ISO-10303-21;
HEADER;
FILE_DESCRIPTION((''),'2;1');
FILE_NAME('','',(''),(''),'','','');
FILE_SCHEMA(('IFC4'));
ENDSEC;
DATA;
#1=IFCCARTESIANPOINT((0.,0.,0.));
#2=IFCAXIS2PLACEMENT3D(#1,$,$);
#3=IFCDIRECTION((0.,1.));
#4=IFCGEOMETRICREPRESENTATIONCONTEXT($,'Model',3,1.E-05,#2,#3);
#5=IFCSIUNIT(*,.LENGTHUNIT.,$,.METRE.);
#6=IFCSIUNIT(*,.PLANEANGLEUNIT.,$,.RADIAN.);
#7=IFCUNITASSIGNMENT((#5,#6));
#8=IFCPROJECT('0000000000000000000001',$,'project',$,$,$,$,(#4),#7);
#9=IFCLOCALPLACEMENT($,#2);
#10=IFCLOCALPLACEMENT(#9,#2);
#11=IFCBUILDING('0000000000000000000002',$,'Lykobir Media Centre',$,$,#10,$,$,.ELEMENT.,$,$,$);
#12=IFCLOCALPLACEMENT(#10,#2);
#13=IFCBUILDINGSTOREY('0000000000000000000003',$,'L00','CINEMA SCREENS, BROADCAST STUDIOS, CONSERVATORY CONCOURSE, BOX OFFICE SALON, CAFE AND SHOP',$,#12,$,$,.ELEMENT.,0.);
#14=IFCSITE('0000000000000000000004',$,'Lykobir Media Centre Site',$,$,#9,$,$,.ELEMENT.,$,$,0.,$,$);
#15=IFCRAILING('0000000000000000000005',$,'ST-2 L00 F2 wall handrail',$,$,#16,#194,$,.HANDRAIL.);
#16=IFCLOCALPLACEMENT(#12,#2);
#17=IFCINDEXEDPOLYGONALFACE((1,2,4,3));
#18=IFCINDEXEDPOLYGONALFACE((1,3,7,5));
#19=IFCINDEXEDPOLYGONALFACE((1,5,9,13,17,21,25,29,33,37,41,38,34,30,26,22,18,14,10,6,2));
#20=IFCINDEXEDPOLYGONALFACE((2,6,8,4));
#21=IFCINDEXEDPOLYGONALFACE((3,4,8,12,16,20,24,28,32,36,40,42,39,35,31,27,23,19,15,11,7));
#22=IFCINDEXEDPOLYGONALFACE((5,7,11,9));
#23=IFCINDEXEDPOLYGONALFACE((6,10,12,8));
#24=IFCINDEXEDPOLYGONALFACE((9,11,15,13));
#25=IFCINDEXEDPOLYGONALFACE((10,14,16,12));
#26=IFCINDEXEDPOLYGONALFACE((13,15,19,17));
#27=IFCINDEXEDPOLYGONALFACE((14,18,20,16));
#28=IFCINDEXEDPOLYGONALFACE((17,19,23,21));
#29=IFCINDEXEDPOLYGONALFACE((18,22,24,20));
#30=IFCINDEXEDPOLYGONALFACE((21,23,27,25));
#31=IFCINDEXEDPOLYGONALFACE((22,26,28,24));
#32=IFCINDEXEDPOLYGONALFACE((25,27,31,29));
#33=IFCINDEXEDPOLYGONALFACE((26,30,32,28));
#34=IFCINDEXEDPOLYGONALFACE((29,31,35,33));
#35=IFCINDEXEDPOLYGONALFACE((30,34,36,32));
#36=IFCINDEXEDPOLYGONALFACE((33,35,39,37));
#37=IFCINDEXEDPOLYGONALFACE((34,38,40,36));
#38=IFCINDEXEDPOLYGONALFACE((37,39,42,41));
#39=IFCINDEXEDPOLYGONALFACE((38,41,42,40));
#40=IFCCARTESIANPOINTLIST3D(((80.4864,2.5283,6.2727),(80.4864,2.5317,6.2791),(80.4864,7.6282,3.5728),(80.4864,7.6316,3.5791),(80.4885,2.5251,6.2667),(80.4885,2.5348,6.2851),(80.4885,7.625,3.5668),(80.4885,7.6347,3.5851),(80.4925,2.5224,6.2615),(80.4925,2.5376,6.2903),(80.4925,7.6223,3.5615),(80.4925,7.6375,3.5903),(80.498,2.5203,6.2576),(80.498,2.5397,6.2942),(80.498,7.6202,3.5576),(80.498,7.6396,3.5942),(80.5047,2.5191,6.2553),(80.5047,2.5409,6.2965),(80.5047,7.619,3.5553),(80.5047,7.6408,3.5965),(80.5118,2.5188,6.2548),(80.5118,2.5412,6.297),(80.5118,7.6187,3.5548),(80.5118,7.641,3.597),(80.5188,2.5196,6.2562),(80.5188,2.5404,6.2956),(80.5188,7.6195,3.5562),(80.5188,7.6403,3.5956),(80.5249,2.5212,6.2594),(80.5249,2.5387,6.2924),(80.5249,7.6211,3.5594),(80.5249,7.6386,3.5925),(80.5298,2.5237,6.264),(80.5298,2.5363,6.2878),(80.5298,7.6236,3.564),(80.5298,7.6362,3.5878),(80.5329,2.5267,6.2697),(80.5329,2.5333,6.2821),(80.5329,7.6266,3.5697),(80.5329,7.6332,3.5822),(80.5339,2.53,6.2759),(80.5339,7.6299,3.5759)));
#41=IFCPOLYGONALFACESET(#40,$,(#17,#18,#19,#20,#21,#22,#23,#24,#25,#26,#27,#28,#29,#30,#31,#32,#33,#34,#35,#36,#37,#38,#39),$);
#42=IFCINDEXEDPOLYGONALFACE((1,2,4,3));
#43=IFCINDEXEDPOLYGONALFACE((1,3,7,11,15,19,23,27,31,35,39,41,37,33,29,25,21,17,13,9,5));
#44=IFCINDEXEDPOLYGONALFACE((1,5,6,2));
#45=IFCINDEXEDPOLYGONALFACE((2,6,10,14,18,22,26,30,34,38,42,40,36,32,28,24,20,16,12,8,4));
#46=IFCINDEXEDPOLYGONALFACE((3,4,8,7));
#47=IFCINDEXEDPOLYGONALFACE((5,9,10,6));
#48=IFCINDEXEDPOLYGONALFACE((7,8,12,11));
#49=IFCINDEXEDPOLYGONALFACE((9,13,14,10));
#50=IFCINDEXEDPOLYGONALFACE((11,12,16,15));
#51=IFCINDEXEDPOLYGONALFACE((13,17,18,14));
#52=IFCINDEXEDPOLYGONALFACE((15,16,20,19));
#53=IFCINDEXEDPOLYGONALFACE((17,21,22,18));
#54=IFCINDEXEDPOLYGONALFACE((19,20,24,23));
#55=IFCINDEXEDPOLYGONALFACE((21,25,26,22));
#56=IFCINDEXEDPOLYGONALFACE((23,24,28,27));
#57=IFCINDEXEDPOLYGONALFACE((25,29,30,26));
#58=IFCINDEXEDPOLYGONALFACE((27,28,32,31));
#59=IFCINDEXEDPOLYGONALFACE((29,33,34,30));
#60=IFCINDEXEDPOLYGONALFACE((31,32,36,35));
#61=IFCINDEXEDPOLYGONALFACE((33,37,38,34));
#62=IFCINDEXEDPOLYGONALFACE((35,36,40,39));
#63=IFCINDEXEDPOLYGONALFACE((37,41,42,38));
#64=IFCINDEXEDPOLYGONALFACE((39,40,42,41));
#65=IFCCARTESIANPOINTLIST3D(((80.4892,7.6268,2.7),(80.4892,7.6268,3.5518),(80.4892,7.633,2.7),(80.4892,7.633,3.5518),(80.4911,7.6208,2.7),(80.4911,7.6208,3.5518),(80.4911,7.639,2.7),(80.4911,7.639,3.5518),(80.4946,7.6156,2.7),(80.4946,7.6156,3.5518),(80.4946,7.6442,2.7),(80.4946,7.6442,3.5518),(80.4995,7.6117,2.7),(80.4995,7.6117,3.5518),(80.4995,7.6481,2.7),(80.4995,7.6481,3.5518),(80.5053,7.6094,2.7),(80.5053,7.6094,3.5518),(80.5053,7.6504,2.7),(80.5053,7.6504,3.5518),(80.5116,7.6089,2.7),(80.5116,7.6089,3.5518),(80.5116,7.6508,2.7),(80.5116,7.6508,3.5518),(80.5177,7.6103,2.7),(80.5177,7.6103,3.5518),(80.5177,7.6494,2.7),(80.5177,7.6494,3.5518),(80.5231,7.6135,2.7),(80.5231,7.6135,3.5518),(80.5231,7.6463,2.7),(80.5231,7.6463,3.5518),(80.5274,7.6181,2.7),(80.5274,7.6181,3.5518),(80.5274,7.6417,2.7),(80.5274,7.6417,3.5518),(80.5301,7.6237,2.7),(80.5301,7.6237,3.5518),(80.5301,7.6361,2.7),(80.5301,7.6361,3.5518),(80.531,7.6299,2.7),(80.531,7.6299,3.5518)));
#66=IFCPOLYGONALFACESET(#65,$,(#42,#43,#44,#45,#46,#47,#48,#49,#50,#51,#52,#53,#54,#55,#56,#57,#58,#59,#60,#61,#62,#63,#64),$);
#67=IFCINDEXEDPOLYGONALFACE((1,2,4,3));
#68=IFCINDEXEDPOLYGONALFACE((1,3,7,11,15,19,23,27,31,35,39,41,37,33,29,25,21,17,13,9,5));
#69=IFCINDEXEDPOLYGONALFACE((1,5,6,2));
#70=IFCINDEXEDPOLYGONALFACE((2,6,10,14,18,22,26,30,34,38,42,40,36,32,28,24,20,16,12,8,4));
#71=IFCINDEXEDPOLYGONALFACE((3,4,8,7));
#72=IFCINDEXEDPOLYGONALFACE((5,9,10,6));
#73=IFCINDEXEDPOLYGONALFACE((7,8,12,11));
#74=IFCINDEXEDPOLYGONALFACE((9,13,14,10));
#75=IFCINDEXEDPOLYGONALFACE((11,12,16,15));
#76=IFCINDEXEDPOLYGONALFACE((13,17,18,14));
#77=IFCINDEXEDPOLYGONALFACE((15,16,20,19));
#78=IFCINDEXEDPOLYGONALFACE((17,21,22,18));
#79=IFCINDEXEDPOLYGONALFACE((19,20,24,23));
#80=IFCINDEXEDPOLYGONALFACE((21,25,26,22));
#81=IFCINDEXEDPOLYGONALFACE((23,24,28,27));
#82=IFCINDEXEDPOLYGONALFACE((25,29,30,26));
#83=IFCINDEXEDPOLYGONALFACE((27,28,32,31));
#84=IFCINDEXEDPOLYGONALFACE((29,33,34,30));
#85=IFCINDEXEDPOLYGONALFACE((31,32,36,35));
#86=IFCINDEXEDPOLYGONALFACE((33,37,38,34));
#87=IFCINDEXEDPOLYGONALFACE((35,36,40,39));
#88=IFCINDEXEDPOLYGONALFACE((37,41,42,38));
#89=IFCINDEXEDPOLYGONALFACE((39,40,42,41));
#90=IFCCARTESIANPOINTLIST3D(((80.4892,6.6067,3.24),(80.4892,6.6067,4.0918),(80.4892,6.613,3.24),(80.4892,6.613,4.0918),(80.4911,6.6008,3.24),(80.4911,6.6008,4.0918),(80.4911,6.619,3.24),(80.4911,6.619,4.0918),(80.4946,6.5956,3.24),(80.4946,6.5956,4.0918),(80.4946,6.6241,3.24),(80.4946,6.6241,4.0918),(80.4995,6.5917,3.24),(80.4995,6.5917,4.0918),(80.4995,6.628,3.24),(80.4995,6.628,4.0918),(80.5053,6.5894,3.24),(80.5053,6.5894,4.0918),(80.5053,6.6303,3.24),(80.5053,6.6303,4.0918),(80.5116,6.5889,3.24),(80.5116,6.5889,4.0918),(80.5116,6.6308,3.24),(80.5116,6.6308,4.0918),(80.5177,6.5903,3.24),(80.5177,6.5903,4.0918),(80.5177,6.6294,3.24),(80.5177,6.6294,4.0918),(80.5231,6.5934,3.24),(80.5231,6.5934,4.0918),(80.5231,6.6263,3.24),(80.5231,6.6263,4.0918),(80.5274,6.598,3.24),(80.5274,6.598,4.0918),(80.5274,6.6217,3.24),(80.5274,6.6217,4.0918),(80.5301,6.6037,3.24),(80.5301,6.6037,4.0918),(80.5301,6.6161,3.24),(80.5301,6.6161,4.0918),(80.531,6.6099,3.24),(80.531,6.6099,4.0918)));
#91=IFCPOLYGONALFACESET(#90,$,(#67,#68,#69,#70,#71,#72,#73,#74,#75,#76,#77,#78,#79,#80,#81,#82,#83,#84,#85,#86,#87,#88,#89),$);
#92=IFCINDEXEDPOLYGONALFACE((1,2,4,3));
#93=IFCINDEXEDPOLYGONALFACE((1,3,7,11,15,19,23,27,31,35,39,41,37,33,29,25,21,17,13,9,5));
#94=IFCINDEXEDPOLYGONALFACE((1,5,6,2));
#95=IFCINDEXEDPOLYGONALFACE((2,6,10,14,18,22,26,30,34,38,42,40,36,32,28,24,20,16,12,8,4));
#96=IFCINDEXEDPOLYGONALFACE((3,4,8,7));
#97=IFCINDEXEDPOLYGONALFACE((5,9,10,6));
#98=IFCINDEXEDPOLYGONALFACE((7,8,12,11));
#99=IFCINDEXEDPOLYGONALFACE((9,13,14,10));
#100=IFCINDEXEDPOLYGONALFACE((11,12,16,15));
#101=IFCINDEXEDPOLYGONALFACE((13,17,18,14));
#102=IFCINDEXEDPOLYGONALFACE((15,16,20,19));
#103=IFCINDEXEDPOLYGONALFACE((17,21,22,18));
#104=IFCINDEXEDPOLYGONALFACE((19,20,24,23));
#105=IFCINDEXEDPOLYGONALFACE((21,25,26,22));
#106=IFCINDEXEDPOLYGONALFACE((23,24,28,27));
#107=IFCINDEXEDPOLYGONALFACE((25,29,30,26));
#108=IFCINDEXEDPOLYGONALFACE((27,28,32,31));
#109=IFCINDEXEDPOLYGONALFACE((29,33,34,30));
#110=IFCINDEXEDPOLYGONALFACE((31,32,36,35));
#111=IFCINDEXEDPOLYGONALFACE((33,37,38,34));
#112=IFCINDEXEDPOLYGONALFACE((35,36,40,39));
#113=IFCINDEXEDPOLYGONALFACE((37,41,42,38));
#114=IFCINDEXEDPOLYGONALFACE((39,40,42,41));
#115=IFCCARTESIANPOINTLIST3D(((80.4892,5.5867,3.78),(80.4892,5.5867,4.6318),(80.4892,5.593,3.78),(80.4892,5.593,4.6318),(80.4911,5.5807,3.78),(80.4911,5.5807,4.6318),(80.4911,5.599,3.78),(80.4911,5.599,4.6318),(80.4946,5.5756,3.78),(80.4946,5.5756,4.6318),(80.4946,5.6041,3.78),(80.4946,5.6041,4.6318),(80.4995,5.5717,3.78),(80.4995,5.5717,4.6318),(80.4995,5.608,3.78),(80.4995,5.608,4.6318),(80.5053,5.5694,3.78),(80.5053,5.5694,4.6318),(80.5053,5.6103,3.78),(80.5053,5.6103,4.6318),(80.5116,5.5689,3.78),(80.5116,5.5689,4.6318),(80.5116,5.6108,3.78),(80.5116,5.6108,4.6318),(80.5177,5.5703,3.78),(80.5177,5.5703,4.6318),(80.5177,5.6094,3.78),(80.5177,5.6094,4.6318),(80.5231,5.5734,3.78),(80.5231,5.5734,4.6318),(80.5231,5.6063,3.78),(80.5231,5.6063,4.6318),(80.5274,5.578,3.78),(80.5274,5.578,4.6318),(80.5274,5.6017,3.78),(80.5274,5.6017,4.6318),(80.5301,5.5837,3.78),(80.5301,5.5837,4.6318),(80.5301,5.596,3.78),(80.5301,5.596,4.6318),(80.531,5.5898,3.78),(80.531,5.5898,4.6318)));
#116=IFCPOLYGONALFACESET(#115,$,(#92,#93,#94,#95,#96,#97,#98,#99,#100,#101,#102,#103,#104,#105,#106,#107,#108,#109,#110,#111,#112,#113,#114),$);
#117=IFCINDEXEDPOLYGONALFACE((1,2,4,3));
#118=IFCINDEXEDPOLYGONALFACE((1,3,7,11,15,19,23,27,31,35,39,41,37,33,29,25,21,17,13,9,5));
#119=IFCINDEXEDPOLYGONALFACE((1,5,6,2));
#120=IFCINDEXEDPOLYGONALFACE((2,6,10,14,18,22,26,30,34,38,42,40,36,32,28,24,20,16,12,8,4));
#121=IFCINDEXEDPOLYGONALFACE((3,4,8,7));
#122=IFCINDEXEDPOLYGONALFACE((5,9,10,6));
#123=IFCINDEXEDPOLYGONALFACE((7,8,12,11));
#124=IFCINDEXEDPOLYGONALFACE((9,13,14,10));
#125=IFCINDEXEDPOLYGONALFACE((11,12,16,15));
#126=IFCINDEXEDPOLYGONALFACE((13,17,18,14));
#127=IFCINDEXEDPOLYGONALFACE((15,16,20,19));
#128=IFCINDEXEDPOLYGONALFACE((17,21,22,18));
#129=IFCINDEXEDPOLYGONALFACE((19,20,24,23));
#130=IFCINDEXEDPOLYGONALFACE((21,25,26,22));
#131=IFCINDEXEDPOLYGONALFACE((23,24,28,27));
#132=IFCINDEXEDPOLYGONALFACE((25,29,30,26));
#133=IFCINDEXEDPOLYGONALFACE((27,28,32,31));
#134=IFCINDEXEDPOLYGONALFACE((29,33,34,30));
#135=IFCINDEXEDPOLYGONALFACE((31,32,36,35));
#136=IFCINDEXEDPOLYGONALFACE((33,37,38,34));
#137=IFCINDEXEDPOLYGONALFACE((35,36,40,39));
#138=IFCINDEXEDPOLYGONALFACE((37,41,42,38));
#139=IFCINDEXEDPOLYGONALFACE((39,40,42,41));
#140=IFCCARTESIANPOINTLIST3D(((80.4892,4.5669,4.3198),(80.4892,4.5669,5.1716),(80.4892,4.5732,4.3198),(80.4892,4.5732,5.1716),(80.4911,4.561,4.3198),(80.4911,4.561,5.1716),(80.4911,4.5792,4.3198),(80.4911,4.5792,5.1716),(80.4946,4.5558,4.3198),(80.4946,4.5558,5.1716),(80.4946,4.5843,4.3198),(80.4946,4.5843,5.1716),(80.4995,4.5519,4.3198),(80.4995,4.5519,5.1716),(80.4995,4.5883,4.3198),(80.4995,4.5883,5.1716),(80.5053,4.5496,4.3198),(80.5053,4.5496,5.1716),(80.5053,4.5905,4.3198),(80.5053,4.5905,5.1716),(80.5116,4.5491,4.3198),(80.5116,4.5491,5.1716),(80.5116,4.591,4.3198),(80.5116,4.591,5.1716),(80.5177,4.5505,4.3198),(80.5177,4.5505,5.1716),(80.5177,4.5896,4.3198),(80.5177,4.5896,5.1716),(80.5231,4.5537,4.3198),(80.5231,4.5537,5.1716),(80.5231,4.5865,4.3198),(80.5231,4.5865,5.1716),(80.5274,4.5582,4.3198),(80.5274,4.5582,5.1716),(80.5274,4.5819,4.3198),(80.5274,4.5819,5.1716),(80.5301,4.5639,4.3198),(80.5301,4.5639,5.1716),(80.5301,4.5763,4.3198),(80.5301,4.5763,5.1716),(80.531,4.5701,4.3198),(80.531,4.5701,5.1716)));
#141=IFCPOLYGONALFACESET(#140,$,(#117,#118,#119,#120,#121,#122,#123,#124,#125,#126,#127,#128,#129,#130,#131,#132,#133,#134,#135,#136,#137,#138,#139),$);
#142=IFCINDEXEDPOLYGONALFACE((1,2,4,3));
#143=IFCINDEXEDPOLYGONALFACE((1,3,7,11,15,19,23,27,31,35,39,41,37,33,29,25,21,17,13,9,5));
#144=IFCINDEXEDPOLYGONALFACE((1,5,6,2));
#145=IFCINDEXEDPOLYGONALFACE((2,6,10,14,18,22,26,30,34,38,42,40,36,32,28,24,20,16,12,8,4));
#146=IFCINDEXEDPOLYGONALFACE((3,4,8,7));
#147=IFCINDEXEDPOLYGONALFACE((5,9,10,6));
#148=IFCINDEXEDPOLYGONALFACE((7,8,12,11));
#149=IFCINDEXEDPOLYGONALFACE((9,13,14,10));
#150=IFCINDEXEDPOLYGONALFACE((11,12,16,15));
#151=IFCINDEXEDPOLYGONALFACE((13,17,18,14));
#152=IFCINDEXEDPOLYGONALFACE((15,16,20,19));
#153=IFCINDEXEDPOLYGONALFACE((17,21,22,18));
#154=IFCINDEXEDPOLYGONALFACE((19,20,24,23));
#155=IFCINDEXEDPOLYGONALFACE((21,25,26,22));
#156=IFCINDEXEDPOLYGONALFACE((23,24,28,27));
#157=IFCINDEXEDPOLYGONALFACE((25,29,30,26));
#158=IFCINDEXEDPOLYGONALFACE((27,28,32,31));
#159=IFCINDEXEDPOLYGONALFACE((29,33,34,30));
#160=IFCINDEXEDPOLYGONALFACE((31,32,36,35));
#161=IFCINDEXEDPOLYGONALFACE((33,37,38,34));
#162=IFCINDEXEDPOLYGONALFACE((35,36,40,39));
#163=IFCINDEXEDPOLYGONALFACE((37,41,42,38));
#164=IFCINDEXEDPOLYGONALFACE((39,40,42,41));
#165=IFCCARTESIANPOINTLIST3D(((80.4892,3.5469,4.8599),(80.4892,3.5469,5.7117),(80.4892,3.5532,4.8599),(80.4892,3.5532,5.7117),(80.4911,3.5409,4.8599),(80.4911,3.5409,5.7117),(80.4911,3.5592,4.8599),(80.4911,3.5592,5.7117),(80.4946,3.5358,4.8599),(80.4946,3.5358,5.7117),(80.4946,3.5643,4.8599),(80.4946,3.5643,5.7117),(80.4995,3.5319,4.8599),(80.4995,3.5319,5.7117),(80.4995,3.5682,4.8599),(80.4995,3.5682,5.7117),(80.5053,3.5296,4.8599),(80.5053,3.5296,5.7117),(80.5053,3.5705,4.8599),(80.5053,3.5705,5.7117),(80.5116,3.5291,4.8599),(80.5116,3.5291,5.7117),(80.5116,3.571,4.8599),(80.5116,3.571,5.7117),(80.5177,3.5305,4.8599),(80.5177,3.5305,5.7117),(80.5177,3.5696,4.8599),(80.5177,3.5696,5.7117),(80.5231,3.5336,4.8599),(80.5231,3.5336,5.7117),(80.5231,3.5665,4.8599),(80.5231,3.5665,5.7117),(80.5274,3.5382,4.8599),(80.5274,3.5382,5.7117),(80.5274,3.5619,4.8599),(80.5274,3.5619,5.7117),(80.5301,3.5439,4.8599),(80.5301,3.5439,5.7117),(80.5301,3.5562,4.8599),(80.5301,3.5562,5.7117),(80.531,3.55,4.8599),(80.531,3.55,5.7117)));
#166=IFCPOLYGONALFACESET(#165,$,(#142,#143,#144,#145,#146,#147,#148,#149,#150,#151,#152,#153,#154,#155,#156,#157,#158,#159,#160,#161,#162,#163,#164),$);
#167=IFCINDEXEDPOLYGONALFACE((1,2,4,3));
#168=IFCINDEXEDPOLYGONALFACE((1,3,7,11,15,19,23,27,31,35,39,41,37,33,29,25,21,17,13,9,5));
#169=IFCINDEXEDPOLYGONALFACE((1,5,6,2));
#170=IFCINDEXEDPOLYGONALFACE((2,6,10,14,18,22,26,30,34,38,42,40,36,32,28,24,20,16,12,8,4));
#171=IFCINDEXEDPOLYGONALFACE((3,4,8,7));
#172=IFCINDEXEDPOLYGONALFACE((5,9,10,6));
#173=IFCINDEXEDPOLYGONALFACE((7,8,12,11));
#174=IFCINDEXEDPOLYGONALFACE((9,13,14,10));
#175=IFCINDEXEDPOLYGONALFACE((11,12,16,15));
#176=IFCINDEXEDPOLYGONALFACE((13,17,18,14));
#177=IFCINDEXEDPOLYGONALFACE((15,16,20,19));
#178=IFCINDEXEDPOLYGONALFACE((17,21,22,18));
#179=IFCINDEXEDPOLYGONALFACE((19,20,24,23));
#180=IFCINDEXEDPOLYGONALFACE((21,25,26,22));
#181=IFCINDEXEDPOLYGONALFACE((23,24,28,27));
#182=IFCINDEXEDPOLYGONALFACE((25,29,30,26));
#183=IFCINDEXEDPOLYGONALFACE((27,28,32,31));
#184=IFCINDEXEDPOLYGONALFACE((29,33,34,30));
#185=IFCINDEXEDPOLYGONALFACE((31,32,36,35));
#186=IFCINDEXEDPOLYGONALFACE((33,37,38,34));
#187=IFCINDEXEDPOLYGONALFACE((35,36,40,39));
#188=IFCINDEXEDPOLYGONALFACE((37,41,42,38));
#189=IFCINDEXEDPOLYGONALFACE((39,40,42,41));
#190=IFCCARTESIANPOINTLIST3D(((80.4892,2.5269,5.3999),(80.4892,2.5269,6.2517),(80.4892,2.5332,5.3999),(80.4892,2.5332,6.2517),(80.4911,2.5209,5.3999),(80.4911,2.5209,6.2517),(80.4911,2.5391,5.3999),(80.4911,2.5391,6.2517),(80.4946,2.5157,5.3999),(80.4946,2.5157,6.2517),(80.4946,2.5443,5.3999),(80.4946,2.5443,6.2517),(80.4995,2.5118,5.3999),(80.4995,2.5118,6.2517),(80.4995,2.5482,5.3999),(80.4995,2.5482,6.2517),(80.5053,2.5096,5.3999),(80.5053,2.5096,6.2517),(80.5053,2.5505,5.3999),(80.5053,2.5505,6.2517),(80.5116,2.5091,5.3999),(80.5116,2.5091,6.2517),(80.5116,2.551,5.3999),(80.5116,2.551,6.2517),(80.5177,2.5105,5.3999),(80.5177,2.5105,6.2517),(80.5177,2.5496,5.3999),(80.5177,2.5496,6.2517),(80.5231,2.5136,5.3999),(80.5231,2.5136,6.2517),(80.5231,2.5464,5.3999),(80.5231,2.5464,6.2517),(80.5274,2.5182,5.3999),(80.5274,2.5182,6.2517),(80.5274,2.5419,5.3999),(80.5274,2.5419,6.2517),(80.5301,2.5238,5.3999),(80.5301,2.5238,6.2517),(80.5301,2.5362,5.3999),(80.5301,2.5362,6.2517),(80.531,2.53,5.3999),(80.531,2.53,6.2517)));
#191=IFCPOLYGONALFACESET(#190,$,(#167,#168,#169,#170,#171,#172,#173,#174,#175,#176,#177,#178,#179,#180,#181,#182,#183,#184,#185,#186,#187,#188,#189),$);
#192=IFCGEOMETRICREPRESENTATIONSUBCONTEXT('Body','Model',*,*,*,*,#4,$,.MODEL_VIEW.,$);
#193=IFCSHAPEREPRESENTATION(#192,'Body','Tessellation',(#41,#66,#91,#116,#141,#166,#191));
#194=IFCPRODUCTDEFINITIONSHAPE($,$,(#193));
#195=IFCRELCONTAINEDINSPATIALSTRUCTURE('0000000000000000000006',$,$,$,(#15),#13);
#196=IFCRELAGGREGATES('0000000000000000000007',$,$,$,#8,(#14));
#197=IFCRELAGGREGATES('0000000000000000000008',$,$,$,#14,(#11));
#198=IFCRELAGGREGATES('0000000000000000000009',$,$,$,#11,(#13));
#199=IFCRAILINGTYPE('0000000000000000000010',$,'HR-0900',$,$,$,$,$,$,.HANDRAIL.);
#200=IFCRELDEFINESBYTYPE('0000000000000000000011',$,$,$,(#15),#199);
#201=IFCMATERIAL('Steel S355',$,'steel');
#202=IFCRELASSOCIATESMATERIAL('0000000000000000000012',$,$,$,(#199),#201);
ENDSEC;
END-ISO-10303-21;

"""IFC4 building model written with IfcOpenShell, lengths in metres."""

from ifc_helpers import new_model, si_unit, direction, frame, origin, origin_2d, place, context, subcontext, project, spatial, circle, extrude, material, type_object, element, save


model = new_model("IFC4")

# Units and contexts
model_context = context("Model", 3, precision=1e-05, world=origin(), true_north=direction((0.0, 1.0)))
body_context = subcontext(model_context, "Body", "Model", "MODEL_VIEW")
ifc_project = project(units=[si_unit("LENGTHUNIT", "METRE"), si_unit("PLANEANGLEUNIT", "RADIAN")], contexts=[model_context])

# Site, building, storey
site_placement = place(None, origin())
site = spatial("IfcSite", under=ifc_project, at=site_placement, Name="Lykobir Media Centre Site", CompositionType="ELEMENT", RefElevation=0.0)
building_placement = place(site_placement, origin())
building = spatial("IfcBuilding", under=site, at=building_placement, Name="Lykobir Media Centre", CompositionType="ELEMENT")
storey_placement = place(building_placement, origin())
storey = spatial("IfcBuildingStorey", under=building, at=storey_placement, Name="L00", Description="CINEMA SCREENS, BROADCAST STUDIOS, CONSERVATORY CONCOURSE, BOX OFFICE SALON, CAFE AND SHOP", CompositionType="ELEMENT", Elevation=0.0)

# Shared definitions
ifc_material_1 = material(Name="Steel S355", Category="steel")

# Railing
railing_type_1 = type_object("IfcRailingType", Name="HR-0900", PredefinedType="HANDRAIL", material=ifc_material_1)
railing_1_placement = place(storey_placement, frame((80.51, 7.6299, 2.7)))
element("IfcRailing", 1, at=railing_1_placement, inside=storey, type_object=railing_type_1, Name="ST-2 L00 F2 wall handrail", PredefinedType="HANDRAIL", context=body_context, shape_type="SweptSolid", body=[
    extrude(circle(Radius=0.0239, at=origin_2d()), frame((0.0, 0.0, 0.876), z_axis=(0.0, -0.883786, 0.467892), x_axis=(1.0, 0.0, 0.0)), (0.0, 0.0, 1.0), 5.7705),
    extrude(circle(Radius=0.021, at=origin_2d()), origin(), (0.0, 0.0, 1.0), 0.8518),
    extrude(circle(Radius=0.021, at=origin_2d()), frame((0.0, -1.02, 0.54)), (0.0, 0.0, 1.0), 0.8518),
    extrude(circle(Radius=0.021, at=origin_2d()), frame((0.0, -2.04, 1.0801)), (0.0, 0.0, 1.0), 0.8518),
    extrude(circle(Radius=0.021, at=origin_2d()), frame((0.0, -3.0598, 1.6199)), (0.0, 0.0, 1.0), 0.8518),
    extrude(circle(Radius=0.021, at=origin_2d()), frame((0.0, -4.0798, 2.1599)), (0.0, 0.0, 1.0), 0.8518),
    extrude(circle(Radius=0.021, at=origin_2d()), frame((0.0, -5.0999, 2.7)), (0.0, 0.0, 1.0), 0.8518),
])

save(model, "model.ifc")
